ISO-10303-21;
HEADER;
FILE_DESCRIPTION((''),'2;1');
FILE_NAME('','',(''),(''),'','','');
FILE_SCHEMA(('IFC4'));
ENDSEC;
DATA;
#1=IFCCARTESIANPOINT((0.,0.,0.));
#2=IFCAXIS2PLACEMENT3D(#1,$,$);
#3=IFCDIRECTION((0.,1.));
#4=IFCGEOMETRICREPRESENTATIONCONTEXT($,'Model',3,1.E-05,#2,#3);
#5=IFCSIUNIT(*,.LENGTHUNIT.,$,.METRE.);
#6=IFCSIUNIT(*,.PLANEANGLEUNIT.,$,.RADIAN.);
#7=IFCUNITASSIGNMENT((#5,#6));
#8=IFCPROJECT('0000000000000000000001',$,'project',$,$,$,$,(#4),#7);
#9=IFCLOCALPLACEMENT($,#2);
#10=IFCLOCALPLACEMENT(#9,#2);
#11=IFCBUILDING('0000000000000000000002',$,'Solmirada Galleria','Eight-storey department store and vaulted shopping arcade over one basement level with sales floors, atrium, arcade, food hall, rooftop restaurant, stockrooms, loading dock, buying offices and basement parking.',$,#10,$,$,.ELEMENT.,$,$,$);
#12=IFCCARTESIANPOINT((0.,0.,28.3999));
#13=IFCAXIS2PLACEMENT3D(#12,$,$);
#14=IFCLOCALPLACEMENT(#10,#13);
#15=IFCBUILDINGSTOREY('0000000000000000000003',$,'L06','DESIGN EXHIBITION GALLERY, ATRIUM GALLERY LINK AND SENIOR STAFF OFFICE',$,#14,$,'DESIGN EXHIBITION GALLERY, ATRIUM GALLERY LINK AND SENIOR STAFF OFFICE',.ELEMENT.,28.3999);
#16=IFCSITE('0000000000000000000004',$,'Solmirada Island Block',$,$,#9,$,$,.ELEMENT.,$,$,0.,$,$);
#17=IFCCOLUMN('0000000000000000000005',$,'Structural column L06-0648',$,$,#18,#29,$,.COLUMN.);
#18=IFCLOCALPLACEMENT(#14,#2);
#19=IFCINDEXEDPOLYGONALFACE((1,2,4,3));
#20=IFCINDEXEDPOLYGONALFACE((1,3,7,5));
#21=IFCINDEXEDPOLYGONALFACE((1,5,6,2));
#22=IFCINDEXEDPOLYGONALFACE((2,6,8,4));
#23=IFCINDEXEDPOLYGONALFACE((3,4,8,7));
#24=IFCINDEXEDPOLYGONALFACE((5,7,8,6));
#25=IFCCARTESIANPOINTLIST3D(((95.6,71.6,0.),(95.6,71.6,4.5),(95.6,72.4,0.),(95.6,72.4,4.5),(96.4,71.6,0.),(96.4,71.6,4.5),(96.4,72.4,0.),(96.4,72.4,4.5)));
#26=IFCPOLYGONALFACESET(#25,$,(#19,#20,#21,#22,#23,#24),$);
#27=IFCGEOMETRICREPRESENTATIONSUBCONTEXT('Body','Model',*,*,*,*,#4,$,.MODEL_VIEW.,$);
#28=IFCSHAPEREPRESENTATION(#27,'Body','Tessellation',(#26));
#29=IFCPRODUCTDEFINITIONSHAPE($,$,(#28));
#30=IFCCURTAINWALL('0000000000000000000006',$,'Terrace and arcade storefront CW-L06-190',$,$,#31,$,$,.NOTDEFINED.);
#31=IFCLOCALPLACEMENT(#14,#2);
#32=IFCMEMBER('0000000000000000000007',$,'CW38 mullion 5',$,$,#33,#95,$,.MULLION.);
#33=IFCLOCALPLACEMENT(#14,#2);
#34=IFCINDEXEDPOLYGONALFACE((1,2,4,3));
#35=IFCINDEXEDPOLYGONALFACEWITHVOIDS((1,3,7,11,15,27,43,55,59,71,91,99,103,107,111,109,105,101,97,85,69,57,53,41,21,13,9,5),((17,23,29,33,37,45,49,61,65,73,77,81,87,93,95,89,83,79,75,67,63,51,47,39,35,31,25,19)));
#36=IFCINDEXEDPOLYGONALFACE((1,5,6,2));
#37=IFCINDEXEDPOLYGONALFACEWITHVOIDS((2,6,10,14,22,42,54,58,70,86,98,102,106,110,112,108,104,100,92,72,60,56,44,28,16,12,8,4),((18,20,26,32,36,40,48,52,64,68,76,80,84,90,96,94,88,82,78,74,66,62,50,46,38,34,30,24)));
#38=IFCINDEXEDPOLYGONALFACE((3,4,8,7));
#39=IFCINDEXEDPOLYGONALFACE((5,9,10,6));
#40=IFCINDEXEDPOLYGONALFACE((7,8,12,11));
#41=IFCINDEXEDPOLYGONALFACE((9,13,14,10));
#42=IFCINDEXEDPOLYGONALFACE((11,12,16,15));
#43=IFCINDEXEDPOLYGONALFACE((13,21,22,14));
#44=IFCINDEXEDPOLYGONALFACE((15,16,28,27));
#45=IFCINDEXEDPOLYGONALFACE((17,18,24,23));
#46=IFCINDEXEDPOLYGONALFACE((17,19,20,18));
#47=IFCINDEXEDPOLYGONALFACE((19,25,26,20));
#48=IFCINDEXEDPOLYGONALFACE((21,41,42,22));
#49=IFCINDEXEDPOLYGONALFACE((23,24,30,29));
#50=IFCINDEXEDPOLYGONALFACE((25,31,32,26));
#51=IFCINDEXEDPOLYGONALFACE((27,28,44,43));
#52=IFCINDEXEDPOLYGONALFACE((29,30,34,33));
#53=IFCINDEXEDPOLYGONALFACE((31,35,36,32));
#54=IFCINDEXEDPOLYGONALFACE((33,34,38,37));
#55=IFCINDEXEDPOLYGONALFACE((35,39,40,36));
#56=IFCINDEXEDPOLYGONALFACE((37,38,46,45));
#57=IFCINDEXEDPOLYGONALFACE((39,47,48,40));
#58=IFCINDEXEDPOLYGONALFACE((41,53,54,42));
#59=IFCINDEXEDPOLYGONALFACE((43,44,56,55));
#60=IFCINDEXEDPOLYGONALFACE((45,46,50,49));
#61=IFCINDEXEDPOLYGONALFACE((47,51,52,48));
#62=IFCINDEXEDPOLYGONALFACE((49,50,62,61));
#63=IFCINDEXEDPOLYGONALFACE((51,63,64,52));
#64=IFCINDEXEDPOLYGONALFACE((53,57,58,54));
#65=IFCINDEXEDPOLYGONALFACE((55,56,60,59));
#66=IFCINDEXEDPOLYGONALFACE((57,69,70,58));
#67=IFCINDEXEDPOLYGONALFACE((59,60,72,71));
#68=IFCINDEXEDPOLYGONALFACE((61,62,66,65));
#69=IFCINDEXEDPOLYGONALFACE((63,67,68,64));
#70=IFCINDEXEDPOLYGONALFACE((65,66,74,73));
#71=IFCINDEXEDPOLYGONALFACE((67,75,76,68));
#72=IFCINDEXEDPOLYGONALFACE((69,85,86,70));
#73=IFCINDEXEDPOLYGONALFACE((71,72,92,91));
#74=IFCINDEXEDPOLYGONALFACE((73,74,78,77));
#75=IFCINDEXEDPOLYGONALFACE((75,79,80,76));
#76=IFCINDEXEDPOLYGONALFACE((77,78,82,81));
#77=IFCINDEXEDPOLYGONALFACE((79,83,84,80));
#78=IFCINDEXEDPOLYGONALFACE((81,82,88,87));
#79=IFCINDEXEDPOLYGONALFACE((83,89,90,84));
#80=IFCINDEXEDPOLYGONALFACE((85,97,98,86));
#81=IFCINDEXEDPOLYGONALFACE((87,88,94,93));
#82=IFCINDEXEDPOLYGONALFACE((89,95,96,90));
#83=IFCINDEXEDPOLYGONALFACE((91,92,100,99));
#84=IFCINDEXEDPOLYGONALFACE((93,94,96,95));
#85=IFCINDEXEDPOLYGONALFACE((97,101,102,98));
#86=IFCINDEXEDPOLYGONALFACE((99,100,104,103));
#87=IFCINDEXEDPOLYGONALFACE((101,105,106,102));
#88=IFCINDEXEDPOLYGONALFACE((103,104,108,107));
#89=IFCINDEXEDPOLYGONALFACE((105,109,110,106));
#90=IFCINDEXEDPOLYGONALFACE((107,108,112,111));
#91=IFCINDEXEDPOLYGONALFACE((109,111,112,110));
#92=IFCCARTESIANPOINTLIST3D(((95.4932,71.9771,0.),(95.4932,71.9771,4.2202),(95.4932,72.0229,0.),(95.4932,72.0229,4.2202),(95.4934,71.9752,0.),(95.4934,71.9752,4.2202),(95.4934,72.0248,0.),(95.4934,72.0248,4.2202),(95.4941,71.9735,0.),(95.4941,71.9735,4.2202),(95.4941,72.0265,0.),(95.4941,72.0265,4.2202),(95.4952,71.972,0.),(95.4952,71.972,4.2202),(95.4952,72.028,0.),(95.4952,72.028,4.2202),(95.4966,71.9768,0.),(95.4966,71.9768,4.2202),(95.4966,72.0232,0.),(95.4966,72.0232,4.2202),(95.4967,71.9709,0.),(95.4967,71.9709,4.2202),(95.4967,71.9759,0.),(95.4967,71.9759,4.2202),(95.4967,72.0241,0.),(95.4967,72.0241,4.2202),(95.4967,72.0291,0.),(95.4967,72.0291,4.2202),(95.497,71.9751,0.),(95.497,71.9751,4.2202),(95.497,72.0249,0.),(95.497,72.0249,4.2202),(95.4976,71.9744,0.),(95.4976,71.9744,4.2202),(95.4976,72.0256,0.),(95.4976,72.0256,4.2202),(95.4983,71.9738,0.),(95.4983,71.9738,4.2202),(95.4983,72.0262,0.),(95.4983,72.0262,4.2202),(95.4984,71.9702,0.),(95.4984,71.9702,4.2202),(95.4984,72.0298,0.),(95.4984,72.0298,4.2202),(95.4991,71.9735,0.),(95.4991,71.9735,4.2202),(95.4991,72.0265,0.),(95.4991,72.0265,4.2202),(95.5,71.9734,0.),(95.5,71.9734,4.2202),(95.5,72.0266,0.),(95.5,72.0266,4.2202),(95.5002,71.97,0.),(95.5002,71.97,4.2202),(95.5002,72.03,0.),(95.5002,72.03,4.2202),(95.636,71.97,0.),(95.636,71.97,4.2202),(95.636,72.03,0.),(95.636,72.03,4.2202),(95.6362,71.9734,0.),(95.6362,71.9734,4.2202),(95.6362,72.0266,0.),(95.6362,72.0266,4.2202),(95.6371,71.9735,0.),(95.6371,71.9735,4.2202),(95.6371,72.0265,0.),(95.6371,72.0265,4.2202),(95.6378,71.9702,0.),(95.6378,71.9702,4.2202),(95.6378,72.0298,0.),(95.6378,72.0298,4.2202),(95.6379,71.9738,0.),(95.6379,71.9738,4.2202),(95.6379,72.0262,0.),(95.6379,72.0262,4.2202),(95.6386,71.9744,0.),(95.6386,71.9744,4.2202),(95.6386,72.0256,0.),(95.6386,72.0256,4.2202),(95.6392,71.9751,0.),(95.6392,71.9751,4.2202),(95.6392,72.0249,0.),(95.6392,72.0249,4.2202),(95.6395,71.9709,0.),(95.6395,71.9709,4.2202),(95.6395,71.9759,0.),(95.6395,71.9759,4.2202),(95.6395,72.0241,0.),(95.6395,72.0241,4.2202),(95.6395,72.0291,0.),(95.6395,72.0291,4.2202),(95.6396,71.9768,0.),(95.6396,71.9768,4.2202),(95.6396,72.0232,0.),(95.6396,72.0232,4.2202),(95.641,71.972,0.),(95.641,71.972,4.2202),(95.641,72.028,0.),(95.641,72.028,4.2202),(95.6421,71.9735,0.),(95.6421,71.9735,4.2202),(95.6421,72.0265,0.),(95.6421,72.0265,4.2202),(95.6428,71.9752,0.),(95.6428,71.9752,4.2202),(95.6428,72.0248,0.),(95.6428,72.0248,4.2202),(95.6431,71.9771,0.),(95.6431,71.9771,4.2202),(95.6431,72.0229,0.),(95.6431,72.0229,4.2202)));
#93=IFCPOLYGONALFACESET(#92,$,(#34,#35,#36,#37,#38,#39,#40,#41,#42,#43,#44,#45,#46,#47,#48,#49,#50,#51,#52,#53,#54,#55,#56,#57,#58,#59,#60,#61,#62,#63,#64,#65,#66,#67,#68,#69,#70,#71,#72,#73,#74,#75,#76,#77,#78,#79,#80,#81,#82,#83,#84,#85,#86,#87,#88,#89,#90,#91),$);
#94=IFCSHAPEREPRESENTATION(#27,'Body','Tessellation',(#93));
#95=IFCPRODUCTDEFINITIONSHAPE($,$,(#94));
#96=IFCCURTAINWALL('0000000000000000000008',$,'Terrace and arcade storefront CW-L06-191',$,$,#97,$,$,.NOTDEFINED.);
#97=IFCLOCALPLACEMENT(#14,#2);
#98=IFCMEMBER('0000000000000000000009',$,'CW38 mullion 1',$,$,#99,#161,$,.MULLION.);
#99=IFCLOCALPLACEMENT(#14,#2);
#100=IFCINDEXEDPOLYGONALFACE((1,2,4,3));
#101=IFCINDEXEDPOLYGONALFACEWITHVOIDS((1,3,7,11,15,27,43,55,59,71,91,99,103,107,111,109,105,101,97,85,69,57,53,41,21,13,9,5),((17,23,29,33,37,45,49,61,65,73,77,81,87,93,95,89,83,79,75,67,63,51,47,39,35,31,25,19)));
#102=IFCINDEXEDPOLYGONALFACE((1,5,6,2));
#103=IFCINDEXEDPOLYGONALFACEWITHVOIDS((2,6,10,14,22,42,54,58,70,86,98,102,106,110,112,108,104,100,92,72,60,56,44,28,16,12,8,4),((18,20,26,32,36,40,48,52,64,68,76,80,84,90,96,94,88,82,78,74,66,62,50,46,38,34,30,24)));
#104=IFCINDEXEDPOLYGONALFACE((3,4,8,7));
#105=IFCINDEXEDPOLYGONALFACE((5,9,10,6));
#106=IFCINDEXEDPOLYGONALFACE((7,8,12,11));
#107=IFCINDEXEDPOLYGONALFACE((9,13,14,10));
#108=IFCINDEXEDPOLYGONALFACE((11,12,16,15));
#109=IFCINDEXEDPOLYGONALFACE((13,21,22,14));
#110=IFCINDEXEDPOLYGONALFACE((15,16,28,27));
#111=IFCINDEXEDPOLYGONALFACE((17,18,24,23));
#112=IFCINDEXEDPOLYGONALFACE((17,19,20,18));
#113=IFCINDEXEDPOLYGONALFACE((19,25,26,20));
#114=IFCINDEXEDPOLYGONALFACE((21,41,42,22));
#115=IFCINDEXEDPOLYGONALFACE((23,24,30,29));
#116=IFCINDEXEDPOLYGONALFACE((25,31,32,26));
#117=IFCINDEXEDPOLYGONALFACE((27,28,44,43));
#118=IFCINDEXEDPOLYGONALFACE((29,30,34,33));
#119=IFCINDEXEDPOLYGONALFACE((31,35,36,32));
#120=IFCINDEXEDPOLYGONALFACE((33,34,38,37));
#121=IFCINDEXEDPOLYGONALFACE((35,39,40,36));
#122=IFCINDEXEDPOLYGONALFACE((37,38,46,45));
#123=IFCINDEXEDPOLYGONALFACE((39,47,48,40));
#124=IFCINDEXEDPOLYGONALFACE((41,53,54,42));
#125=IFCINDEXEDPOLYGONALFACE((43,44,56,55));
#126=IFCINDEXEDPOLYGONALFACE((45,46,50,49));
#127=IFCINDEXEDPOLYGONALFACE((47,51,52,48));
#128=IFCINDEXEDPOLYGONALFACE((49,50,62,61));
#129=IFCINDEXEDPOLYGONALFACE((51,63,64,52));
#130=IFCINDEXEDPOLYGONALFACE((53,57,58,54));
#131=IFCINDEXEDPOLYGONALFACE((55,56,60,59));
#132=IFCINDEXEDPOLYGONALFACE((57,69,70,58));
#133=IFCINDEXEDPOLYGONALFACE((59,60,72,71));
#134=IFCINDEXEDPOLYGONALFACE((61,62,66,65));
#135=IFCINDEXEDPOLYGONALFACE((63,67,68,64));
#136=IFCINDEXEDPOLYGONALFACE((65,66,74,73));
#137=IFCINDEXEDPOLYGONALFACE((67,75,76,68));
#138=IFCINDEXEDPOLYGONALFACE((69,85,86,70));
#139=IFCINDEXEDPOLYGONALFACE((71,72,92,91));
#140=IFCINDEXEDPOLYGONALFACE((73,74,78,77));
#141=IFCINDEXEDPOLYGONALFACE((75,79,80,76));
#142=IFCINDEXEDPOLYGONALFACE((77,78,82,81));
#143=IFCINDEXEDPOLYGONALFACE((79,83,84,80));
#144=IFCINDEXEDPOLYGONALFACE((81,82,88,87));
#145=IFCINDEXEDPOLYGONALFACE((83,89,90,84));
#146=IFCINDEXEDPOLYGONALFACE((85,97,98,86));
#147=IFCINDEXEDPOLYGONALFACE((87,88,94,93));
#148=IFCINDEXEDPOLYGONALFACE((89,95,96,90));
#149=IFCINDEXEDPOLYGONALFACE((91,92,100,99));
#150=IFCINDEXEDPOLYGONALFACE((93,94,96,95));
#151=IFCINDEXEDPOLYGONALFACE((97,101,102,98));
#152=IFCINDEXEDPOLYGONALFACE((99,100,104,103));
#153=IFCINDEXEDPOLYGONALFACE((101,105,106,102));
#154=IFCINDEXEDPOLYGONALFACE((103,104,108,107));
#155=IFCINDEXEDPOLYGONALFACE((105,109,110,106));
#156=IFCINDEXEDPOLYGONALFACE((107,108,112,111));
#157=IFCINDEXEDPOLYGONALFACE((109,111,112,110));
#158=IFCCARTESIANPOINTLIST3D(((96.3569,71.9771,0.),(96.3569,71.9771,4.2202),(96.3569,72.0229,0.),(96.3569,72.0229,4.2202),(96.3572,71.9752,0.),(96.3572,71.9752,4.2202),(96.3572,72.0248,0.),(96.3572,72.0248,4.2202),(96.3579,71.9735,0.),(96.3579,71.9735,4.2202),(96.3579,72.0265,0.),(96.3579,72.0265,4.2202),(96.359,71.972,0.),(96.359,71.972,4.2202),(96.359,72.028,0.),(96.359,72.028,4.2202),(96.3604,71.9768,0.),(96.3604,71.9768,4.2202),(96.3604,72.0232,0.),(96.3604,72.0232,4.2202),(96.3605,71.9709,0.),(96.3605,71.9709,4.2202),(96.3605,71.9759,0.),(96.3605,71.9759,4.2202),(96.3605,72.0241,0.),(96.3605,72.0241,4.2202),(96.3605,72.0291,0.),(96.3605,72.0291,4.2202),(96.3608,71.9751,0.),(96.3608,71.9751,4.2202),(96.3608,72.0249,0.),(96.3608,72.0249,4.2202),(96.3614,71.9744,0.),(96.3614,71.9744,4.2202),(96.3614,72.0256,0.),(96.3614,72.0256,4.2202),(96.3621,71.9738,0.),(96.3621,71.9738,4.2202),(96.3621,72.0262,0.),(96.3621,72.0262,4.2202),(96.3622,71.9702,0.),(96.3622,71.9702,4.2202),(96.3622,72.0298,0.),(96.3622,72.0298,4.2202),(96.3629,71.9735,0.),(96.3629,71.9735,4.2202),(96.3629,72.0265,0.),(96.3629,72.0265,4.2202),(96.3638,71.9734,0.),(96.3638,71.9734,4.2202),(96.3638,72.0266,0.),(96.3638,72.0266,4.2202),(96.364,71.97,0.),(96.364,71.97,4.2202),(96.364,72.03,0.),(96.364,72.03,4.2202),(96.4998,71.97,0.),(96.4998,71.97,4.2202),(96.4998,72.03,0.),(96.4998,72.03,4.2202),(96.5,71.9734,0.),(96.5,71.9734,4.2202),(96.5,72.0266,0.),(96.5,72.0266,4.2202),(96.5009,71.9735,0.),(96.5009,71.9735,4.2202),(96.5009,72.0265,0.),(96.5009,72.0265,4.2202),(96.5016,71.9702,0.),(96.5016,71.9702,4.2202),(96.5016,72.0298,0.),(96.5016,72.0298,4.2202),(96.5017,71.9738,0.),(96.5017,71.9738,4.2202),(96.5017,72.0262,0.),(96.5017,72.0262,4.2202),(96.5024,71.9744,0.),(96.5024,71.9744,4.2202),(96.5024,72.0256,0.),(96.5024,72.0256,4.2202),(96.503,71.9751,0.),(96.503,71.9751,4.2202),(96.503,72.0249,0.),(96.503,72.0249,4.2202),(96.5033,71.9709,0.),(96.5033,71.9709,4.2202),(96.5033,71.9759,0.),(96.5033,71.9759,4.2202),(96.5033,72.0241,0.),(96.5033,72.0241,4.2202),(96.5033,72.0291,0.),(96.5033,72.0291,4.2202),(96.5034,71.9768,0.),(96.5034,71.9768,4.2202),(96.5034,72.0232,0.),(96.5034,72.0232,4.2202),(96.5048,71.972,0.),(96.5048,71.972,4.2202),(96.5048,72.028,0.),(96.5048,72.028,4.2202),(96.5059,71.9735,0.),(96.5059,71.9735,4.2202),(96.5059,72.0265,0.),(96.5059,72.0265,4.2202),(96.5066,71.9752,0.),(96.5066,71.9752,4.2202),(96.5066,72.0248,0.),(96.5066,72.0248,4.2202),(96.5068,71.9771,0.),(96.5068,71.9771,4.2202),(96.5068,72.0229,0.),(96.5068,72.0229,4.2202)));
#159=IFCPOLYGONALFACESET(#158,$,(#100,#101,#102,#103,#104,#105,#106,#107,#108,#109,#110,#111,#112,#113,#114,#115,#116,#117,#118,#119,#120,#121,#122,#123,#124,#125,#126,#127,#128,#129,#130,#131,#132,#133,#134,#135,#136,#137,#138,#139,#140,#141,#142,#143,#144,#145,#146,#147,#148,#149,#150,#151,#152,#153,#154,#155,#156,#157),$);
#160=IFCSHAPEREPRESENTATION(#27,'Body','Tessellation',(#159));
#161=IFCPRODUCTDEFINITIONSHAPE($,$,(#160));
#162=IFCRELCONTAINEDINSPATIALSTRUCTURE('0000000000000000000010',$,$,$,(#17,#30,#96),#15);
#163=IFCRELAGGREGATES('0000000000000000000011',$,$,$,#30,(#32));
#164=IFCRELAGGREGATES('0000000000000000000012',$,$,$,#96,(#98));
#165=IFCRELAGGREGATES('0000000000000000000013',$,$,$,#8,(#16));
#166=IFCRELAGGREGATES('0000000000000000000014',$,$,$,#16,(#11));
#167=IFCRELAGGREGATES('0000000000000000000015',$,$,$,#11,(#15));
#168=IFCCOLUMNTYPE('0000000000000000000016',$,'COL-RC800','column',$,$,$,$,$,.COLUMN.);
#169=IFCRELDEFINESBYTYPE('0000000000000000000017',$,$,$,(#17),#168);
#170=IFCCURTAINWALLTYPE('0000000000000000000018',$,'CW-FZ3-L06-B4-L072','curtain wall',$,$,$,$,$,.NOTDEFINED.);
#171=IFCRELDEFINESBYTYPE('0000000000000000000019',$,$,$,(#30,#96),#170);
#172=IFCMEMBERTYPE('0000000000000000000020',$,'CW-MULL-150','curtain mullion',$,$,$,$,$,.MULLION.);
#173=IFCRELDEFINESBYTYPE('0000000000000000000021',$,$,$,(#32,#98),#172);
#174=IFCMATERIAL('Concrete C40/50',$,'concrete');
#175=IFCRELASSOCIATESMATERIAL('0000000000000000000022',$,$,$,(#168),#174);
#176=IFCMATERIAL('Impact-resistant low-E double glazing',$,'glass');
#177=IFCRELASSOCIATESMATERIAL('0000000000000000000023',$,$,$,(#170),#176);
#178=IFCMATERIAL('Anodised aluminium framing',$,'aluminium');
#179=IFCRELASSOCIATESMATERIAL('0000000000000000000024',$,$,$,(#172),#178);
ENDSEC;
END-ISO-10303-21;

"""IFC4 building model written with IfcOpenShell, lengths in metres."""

from ifc_helpers import new_model, si_unit, direction, frame, origin, origin_2d, place, context, subcontext, project, spatial, rectangle, hollow_rectangle, extrude, material, material_profile, profile_set, type_object, element, aggregate, save


model = new_model("IFC4")

# Units and contexts
model_context = context("Model", 3, precision=1e-05, world=origin(), true_north=direction((0.0, 1.0)))
body_context = subcontext(model_context, "Body", "Model", "MODEL_VIEW")
ifc_project = project(units=[si_unit("LENGTHUNIT", "METRE"), si_unit("PLANEANGLEUNIT", "RADIAN")], contexts=[model_context])

# Site, building, storey
site_placement = place(None, origin())
site = spatial("IfcSite", under=ifc_project, at=site_placement, Name="Solmirada Island Block", CompositionType="ELEMENT", RefElevation=0.0)
building_placement = place(site_placement, origin())
building = spatial("IfcBuilding", under=site, at=building_placement, Name="Solmirada Galleria", Description="Eight-storey department store and vaulted shopping arcade over one basement level with sales floors, atrium, arcade, food hall, rooftop restaurant, stockrooms, loading dock, buying offices and basement parking.", CompositionType="ELEMENT")
storey_placement = place(building_placement, frame((0.0, 0.0, 28.3999)))
storey = spatial("IfcBuildingStorey", under=building, at=storey_placement, Name="L06", Description="DESIGN EXHIBITION GALLERY, ATRIUM GALLERY LINK AND SENIOR STAFF OFFICE", LongName="DESIGN EXHIBITION GALLERY, ATRIUM GALLERY LINK AND SENIOR STAFF OFFICE", CompositionType="ELEMENT", Elevation=28.3999)

# Column
ifc_material_1 = material(Name="Concrete C40/50", Category="concrete")
ifc_material_profile_1 = material_profile(ifc_material_1, rectangle(XDim=0.8, YDim=0.8, at=origin_2d()), Name="RC800X800")
ifc_profile_set_1 = profile_set([ifc_material_profile_1], Name="Concrete C40/50")
column_type = type_object("IfcColumnType", Name="COL-RC800", Description="column", PredefinedType="COLUMN", material=ifc_profile_set_1)
column_placement = place(storey_placement, frame((96.0, 72.0, 0.0), z_axis=(0.0, 0.0, 1.0), x_axis=(1.0, 0.0, 0.0)))
element("IfcColumn", 1, at=column_placement, inside=storey, type_object=column_type, Name="Structural column L06-0648", PredefinedType="COLUMN", context=body_context, shape_type="SweptSolid", body=[
    extrude(rectangle(XDim=0.8, YDim=0.8, at=origin_2d()), origin(), (0.0, 0.0, 1.0), 4.5),
])

# Curtain wall, member
ifc_material_2 = material(Name="Impact-resistant low-E double glazing", Category="glass")
curtain_wall_type = type_object("IfcCurtainWallType", Name="CW-FZ3-L06-B4-L072", Description="curtain wall", PredefinedType="NOTDEFINED", material=ifc_material_2)
curtain_wall_1_placement = place(storey_placement, origin())
curtain_wall_1 = element("IfcCurtainWall", 2, at=curtain_wall_1_placement, inside=storey, type_object=curtain_wall_type, Name="Terrace and arcade storefront CW-L06-190", PredefinedType="NOTDEFINED")
ifc_material_3 = material(Name="Anodised aluminium framing", Category="aluminium")
ifc_material_profile_2 = material_profile(ifc_material_3, hollow_rectangle(XDim=0.0601, YDim=0.1499, WallThickness=0.0034, InnerFilletRadius=0.0034, OuterFilletRadius=0.0071, at=origin_2d()), Name="ALU-MULL-150X60")
ifc_profile_set_2 = profile_set([ifc_material_profile_2], Name="Anodised aluminium framing")
member_type_1 = type_object("IfcMemberType", Name="CW-MULL-150", Description="curtain mullion", PredefinedType="MULLION", material=ifc_profile_set_2)
member_1_placement = place(storey_placement, frame((95.5681, 72.0, 0.0), z_axis=(0.0, 0.0, 1.0), x_axis=(0.0, 1.0, 0.0)))
member_1 = element("IfcMember", 3, at=member_1_placement, type_object=member_type_1, Name="CW38 mullion 5", PredefinedType="MULLION", context=body_context, shape_type="SweptSolid", body=[
    extrude(hollow_rectangle(XDim=0.0601, YDim=0.1499, WallThickness=0.0034, InnerFilletRadius=0.0034, OuterFilletRadius=0.0071, at=origin_2d()), origin(), (0.0, 0.0, 1.0), 4.2202),
])

# Curtain wall, member
curtain_wall_2_placement = place(storey_placement, origin())
curtain_wall_2 = element("IfcCurtainWall", 4, at=curtain_wall_2_placement, inside=storey, type_object=curtain_wall_type, Name="Terrace and arcade storefront CW-L06-191", PredefinedType="NOTDEFINED")
member_2_placement = place(storey_placement, frame((96.4319, 72.0, 0.0), z_axis=(0.0, 0.0, 1.0), x_axis=(0.0, 1.0, 0.0)))
member_2 = element("IfcMember", 5, at=member_2_placement, type_object=member_type_1, Name="CW38 mullion 1", PredefinedType="MULLION", context=body_context, shape_type="SweptSolid", body=[
    extrude(hollow_rectangle(XDim=0.0601, YDim=0.1499, WallThickness=0.0034, InnerFilletRadius=0.0034, OuterFilletRadius=0.0071, at=origin_2d()), origin(), (0.0, 0.0, 1.0), 4.2202),
])

aggregate(curtain_wall_1, [member_1])
aggregate(curtain_wall_2, [member_2])

save(model, "model.ifc")
